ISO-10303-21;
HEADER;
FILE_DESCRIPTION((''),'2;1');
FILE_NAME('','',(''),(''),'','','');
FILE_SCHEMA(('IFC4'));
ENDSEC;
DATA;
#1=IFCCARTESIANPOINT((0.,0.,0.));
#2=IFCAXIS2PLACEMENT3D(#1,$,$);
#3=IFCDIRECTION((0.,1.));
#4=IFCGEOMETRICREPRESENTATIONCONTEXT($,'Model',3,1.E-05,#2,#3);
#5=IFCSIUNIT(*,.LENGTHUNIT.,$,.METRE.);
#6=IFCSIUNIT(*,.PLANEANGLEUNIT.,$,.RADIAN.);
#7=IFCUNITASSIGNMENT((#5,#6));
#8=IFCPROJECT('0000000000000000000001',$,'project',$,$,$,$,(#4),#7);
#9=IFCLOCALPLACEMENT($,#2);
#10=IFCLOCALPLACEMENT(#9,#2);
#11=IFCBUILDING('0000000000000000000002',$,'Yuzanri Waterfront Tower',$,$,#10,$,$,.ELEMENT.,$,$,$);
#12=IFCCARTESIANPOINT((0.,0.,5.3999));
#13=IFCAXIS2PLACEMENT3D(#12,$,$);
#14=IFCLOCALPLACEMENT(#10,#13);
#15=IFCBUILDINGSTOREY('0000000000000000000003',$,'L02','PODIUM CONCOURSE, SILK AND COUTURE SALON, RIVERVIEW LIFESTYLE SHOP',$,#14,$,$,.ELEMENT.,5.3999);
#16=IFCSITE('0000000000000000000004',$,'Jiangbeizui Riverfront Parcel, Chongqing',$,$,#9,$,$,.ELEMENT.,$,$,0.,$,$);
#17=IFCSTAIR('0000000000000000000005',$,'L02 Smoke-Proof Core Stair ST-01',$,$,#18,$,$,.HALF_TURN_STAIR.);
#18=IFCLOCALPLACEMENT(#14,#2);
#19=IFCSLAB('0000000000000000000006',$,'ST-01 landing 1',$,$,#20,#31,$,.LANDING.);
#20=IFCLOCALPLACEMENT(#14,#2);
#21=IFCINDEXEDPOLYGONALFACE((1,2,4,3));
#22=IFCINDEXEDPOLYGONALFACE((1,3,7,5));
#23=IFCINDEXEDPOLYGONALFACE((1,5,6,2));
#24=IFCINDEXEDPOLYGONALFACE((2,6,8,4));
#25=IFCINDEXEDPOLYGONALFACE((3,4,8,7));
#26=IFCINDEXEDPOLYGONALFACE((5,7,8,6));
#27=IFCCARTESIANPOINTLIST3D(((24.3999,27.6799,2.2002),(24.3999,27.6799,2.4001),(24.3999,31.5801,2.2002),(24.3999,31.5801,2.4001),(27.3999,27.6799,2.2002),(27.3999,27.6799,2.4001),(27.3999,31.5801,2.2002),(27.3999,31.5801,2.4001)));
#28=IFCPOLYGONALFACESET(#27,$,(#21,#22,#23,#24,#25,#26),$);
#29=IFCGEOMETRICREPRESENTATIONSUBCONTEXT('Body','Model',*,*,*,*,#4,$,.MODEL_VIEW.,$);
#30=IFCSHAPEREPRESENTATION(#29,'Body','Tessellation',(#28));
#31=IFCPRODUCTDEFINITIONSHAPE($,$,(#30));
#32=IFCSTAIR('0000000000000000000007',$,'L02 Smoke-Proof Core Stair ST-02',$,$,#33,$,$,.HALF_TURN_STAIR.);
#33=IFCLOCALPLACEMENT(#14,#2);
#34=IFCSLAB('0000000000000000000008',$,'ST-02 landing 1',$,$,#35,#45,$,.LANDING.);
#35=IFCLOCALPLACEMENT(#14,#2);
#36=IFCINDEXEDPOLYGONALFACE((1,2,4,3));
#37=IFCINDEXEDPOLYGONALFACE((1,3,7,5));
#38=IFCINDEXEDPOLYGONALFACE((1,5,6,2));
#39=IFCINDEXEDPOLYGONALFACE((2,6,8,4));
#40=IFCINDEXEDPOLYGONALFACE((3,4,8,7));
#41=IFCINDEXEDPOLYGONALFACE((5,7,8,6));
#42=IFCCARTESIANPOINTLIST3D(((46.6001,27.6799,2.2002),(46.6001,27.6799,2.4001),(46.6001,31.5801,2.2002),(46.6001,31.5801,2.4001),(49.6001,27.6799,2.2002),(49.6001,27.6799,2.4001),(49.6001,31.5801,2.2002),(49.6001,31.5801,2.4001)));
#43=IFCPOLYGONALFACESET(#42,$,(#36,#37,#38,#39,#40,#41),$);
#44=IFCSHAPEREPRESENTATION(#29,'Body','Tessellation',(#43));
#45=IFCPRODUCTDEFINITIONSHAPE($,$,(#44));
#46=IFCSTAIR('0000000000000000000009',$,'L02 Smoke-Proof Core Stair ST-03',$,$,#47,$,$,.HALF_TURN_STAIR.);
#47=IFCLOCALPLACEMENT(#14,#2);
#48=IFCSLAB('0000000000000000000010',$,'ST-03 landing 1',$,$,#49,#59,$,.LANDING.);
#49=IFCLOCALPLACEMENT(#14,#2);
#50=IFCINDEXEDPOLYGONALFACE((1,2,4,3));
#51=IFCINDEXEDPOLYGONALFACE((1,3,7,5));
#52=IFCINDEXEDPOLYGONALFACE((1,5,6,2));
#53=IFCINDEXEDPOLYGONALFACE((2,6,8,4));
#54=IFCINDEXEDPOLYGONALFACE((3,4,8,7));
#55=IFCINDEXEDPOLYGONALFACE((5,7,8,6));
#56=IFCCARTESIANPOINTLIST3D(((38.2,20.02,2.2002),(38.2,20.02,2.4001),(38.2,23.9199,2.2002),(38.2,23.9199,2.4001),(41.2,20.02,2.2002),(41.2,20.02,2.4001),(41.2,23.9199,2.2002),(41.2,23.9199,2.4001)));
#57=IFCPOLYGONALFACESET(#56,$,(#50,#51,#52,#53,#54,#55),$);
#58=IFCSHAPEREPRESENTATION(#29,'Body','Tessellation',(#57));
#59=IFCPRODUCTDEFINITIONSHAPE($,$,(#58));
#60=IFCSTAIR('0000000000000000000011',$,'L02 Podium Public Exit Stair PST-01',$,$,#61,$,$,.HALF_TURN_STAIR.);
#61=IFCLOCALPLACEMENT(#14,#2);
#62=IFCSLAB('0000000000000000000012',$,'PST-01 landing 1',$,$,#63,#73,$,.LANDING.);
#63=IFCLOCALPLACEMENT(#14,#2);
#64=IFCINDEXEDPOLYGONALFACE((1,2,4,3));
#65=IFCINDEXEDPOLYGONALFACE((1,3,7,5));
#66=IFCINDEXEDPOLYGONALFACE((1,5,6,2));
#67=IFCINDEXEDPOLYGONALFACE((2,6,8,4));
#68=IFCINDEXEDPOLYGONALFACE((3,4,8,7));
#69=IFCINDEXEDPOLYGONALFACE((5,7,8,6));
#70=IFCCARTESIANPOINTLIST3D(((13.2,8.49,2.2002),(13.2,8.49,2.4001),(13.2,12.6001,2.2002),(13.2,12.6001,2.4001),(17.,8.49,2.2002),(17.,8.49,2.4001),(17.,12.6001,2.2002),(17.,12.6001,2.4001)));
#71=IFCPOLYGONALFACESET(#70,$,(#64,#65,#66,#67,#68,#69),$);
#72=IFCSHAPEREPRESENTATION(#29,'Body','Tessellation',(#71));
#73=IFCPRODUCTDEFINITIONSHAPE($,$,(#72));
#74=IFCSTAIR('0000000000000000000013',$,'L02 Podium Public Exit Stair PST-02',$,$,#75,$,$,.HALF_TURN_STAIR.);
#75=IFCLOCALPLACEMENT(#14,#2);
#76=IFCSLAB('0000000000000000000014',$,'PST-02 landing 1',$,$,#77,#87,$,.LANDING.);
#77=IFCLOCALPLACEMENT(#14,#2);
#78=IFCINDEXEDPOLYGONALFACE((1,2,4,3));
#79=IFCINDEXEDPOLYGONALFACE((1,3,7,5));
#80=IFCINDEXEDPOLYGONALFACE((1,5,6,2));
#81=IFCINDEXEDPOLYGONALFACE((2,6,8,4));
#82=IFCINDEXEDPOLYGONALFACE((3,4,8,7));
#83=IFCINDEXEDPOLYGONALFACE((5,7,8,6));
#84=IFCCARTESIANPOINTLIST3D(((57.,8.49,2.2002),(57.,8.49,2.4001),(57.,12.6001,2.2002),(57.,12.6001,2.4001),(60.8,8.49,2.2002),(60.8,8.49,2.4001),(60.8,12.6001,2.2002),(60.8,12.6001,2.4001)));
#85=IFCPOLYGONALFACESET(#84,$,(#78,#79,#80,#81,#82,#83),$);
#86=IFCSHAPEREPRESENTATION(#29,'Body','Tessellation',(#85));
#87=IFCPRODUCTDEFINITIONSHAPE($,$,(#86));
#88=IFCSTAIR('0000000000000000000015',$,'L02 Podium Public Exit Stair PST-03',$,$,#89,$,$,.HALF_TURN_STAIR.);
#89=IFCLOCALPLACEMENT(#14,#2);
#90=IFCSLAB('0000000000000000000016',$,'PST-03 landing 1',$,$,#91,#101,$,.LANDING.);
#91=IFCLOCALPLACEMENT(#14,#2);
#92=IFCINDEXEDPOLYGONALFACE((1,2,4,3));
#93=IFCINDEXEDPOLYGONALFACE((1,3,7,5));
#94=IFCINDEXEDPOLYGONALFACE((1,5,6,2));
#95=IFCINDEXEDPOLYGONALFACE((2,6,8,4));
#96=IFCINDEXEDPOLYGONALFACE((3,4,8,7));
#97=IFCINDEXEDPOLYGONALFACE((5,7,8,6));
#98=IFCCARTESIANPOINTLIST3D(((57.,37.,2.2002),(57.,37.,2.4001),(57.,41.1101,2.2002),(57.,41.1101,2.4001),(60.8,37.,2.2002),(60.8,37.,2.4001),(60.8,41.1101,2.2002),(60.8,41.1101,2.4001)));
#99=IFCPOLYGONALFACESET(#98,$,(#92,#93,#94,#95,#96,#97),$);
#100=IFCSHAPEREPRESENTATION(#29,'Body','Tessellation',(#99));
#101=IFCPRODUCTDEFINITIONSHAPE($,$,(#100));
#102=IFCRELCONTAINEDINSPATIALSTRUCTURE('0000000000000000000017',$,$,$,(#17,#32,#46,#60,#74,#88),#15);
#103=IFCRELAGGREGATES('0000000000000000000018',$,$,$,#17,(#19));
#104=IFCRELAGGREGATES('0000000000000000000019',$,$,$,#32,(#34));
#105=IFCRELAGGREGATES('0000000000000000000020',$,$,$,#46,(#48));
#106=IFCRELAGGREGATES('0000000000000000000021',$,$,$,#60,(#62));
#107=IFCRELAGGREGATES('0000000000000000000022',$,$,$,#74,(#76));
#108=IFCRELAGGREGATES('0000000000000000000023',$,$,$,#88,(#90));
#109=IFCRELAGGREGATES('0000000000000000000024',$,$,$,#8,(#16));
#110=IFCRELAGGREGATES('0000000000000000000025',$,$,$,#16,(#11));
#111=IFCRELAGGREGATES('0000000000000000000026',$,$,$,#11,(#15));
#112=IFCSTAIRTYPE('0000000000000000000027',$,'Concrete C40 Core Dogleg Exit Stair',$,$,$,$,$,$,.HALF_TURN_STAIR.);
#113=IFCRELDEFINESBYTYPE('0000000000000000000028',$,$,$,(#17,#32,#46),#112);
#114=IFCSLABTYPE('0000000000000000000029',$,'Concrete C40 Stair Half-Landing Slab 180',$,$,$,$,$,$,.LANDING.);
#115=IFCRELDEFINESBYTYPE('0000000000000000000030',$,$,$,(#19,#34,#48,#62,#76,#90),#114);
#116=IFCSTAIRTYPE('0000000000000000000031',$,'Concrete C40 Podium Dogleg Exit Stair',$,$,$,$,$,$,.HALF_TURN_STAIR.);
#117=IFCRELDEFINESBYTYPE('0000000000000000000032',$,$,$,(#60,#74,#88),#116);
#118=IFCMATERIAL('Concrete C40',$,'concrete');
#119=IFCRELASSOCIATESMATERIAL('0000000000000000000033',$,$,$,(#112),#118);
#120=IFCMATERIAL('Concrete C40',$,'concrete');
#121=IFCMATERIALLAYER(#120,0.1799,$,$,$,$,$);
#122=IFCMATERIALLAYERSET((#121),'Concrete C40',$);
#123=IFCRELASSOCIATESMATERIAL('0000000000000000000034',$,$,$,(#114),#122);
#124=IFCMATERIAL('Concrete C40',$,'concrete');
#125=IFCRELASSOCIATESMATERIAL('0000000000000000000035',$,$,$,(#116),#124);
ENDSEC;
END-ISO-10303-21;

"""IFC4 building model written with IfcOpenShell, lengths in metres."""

from ifc_helpers import new_model, si_unit, direction, frame, origin, place, context, subcontext, project, spatial, polyline, outline, extrude, material, layer, layer_set, type_object, element, aggregate, save


model = new_model("IFC4")

# Units and contexts
model_context = context("Model", 3, precision=1e-05, world=origin(), true_north=direction((0.0, 1.0)))
body_context = subcontext(model_context, "Body", "Model", "MODEL_VIEW")
ifc_project = project(units=[si_unit("LENGTHUNIT", "METRE"), si_unit("PLANEANGLEUNIT", "RADIAN")], contexts=[model_context])

# Site, building, storey
site_placement = place(None, origin())
site = spatial("IfcSite", under=ifc_project, at=site_placement, Name="Jiangbeizui Riverfront Parcel, Chongqing", CompositionType="ELEMENT", RefElevation=0.0)
building_placement = place(site_placement, origin())
building = spatial("IfcBuilding", under=site, at=building_placement, Name="Yuzanri Waterfront Tower", CompositionType="ELEMENT")
storey_placement = place(building_placement, frame((0.0, 0.0, 5.3999)))
storey = spatial("IfcBuildingStorey", under=building, at=storey_placement, Name="L02", Description="PODIUM CONCOURSE, SILK AND COUTURE SALON, RIVERVIEW LIFESTYLE SHOP", CompositionType="ELEMENT", Elevation=5.3999)

# Stairs, slabs
ifc_material_1 = material(Name="Concrete C40", Category="concrete")
stair_type_1 = type_object("IfcStairType", Name="Concrete C40 Core Dogleg Exit Stair", PredefinedType="HALF_TURN_STAIR", material=ifc_material_1)
stair_1_placement = place(storey_placement, origin())
stair_1 = element("IfcStair", 1, at=stair_1_placement, inside=storey, type_object=stair_type_1, Name="L02 Smoke-Proof Core Stair ST-01", PredefinedType="HALF_TURN_STAIR")
ifc_material_2 = material(Name="Concrete C40", Category="concrete")
ifc_layer_1 = layer(ifc_material_2, 0.1799)
ifc_layer_set_1 = layer_set([ifc_layer_1], Name="Concrete C40")
slab_type_1 = type_object("IfcSlabType", Name="Concrete C40 Stair Half-Landing Slab 180", PredefinedType="LANDING", material=ifc_layer_set_1)
slab_1_placement = place(storey_placement, frame((0.0, 0.0, 2.2002)))
slab_1 = element("IfcSlab", 2, at=slab_1_placement, type_object=slab_type_1, Name="ST-01 landing 1", PredefinedType="LANDING", context=body_context, shape_type="SweptSolid", body=[
    extrude(outline(polyline([(27.3999, 27.6799), (27.3999, 31.5801), (24.3999, 31.5801), (24.3999, 27.6799), (27.3999, 27.6799)])), origin(), (0.0, 0.0, 1.0), 0.2),
])
aggregate(stair_1, [slab_1])
stair_2_placement = place(storey_placement, origin())
stair_2 = element("IfcStair", 3, at=stair_2_placement, inside=storey, type_object=stair_type_1, Name="L02 Smoke-Proof Core Stair ST-02", PredefinedType="HALF_TURN_STAIR")
slab_2_placement = place(storey_placement, frame((0.0, 0.0, 2.2002)))
slab_2 = element("IfcSlab", 4, at=slab_2_placement, type_object=slab_type_1, Name="ST-02 landing 1", PredefinedType="LANDING", context=body_context, shape_type="SweptSolid", body=[
    extrude(outline(polyline([(49.6001, 27.6799), (49.6001, 31.5801), (46.6001, 31.5801), (46.6001, 27.6799), (49.6001, 27.6799)])), origin(), (0.0, 0.0, 1.0), 0.2),
])
aggregate(stair_2, [slab_2])
stair_3_placement = place(storey_placement, origin())
stair_3 = element("IfcStair", 5, at=stair_3_placement, inside=storey, type_object=stair_type_1, Name="L02 Smoke-Proof Core Stair ST-03", PredefinedType="HALF_TURN_STAIR")
slab_3_placement = place(storey_placement, frame((0.0, 0.0, 2.2002)))
slab_3 = element("IfcSlab", 6, at=slab_3_placement, type_object=slab_type_1, Name="ST-03 landing 1", PredefinedType="LANDING", context=body_context, shape_type="SweptSolid", body=[
    extrude(outline(polyline([(38.2, 23.9199), (38.2, 20.02), (41.2, 20.02), (41.2, 23.9199), (38.2, 23.9199)])), origin(), (0.0, 0.0, 1.0), 0.2),
])
aggregate(stair_3, [slab_3])
ifc_material_3 = material(Name="Concrete C40", Category="concrete")
stair_type_2 = type_object("IfcStairType", Name="Concrete C40 Podium Dogleg Exit Stair", PredefinedType="HALF_TURN_STAIR", material=ifc_material_3)
stair_4_placement = place(storey_placement, origin())
stair_4 = element("IfcStair", 7, at=stair_4_placement, inside=storey, type_object=stair_type_2, Name="L02 Podium Public Exit Stair PST-01", PredefinedType="HALF_TURN_STAIR")
slab_4_placement = place(storey_placement, frame((0.0, 0.0, 2.2002)))
slab_4 = element("IfcSlab", 8, at=slab_4_placement, type_object=slab_type_1, Name="PST-01 landing 1", PredefinedType="LANDING", context=body_context, shape_type="SweptSolid", body=[
    extrude(outline(polyline([(17.0, 8.49), (17.0, 12.6001), (13.2, 12.6001), (13.2, 8.49), (17.0, 8.49)])), origin(), (0.0, 0.0, 1.0), 0.2),
])
aggregate(stair_4, [slab_4])
stair_5_placement = place(storey_placement, origin())
stair_5 = element("IfcStair", 9, at=stair_5_placement, inside=storey, type_object=stair_type_2, Name="L02 Podium Public Exit Stair PST-02", PredefinedType="HALF_TURN_STAIR")
slab_5_placement = place(storey_placement, frame((0.0, 0.0, 2.2002)))
slab_5 = element("IfcSlab", 10, at=slab_5_placement, type_object=slab_type_1, Name="PST-02 landing 1", PredefinedType="LANDING", context=body_context, shape_type="SweptSolid", body=[
    extrude(outline(polyline([(60.8, 8.49), (60.8, 12.6001), (57.0, 12.6001), (57.0, 8.49), (60.8, 8.49)])), origin(), (0.0, 0.0, 1.0), 0.2),
])
aggregate(stair_5, [slab_5])
stair_6_placement = place(storey_placement, origin())
stair_6 = element("IfcStair", 11, at=stair_6_placement, inside=storey, type_object=stair_type_2, Name="L02 Podium Public Exit Stair PST-03", PredefinedType="HALF_TURN_STAIR")
slab_6_placement = place(storey_placement, frame((0.0, 0.0, 2.2002)))
slab_6 = element("IfcSlab", 12, at=slab_6_placement, type_object=slab_type_1, Name="PST-03 landing 1", PredefinedType="LANDING", context=body_context, shape_type="SweptSolid", body=[
    extrude(outline(polyline([(57.0, 41.1101), (57.0, 37.0), (60.8, 37.0), (60.8, 41.1101), (57.0, 41.1101)])), origin(), (0.0, 0.0, 1.0), 0.2),
])
aggregate(stair_6, [slab_6])

save(model, "model.ifc")
